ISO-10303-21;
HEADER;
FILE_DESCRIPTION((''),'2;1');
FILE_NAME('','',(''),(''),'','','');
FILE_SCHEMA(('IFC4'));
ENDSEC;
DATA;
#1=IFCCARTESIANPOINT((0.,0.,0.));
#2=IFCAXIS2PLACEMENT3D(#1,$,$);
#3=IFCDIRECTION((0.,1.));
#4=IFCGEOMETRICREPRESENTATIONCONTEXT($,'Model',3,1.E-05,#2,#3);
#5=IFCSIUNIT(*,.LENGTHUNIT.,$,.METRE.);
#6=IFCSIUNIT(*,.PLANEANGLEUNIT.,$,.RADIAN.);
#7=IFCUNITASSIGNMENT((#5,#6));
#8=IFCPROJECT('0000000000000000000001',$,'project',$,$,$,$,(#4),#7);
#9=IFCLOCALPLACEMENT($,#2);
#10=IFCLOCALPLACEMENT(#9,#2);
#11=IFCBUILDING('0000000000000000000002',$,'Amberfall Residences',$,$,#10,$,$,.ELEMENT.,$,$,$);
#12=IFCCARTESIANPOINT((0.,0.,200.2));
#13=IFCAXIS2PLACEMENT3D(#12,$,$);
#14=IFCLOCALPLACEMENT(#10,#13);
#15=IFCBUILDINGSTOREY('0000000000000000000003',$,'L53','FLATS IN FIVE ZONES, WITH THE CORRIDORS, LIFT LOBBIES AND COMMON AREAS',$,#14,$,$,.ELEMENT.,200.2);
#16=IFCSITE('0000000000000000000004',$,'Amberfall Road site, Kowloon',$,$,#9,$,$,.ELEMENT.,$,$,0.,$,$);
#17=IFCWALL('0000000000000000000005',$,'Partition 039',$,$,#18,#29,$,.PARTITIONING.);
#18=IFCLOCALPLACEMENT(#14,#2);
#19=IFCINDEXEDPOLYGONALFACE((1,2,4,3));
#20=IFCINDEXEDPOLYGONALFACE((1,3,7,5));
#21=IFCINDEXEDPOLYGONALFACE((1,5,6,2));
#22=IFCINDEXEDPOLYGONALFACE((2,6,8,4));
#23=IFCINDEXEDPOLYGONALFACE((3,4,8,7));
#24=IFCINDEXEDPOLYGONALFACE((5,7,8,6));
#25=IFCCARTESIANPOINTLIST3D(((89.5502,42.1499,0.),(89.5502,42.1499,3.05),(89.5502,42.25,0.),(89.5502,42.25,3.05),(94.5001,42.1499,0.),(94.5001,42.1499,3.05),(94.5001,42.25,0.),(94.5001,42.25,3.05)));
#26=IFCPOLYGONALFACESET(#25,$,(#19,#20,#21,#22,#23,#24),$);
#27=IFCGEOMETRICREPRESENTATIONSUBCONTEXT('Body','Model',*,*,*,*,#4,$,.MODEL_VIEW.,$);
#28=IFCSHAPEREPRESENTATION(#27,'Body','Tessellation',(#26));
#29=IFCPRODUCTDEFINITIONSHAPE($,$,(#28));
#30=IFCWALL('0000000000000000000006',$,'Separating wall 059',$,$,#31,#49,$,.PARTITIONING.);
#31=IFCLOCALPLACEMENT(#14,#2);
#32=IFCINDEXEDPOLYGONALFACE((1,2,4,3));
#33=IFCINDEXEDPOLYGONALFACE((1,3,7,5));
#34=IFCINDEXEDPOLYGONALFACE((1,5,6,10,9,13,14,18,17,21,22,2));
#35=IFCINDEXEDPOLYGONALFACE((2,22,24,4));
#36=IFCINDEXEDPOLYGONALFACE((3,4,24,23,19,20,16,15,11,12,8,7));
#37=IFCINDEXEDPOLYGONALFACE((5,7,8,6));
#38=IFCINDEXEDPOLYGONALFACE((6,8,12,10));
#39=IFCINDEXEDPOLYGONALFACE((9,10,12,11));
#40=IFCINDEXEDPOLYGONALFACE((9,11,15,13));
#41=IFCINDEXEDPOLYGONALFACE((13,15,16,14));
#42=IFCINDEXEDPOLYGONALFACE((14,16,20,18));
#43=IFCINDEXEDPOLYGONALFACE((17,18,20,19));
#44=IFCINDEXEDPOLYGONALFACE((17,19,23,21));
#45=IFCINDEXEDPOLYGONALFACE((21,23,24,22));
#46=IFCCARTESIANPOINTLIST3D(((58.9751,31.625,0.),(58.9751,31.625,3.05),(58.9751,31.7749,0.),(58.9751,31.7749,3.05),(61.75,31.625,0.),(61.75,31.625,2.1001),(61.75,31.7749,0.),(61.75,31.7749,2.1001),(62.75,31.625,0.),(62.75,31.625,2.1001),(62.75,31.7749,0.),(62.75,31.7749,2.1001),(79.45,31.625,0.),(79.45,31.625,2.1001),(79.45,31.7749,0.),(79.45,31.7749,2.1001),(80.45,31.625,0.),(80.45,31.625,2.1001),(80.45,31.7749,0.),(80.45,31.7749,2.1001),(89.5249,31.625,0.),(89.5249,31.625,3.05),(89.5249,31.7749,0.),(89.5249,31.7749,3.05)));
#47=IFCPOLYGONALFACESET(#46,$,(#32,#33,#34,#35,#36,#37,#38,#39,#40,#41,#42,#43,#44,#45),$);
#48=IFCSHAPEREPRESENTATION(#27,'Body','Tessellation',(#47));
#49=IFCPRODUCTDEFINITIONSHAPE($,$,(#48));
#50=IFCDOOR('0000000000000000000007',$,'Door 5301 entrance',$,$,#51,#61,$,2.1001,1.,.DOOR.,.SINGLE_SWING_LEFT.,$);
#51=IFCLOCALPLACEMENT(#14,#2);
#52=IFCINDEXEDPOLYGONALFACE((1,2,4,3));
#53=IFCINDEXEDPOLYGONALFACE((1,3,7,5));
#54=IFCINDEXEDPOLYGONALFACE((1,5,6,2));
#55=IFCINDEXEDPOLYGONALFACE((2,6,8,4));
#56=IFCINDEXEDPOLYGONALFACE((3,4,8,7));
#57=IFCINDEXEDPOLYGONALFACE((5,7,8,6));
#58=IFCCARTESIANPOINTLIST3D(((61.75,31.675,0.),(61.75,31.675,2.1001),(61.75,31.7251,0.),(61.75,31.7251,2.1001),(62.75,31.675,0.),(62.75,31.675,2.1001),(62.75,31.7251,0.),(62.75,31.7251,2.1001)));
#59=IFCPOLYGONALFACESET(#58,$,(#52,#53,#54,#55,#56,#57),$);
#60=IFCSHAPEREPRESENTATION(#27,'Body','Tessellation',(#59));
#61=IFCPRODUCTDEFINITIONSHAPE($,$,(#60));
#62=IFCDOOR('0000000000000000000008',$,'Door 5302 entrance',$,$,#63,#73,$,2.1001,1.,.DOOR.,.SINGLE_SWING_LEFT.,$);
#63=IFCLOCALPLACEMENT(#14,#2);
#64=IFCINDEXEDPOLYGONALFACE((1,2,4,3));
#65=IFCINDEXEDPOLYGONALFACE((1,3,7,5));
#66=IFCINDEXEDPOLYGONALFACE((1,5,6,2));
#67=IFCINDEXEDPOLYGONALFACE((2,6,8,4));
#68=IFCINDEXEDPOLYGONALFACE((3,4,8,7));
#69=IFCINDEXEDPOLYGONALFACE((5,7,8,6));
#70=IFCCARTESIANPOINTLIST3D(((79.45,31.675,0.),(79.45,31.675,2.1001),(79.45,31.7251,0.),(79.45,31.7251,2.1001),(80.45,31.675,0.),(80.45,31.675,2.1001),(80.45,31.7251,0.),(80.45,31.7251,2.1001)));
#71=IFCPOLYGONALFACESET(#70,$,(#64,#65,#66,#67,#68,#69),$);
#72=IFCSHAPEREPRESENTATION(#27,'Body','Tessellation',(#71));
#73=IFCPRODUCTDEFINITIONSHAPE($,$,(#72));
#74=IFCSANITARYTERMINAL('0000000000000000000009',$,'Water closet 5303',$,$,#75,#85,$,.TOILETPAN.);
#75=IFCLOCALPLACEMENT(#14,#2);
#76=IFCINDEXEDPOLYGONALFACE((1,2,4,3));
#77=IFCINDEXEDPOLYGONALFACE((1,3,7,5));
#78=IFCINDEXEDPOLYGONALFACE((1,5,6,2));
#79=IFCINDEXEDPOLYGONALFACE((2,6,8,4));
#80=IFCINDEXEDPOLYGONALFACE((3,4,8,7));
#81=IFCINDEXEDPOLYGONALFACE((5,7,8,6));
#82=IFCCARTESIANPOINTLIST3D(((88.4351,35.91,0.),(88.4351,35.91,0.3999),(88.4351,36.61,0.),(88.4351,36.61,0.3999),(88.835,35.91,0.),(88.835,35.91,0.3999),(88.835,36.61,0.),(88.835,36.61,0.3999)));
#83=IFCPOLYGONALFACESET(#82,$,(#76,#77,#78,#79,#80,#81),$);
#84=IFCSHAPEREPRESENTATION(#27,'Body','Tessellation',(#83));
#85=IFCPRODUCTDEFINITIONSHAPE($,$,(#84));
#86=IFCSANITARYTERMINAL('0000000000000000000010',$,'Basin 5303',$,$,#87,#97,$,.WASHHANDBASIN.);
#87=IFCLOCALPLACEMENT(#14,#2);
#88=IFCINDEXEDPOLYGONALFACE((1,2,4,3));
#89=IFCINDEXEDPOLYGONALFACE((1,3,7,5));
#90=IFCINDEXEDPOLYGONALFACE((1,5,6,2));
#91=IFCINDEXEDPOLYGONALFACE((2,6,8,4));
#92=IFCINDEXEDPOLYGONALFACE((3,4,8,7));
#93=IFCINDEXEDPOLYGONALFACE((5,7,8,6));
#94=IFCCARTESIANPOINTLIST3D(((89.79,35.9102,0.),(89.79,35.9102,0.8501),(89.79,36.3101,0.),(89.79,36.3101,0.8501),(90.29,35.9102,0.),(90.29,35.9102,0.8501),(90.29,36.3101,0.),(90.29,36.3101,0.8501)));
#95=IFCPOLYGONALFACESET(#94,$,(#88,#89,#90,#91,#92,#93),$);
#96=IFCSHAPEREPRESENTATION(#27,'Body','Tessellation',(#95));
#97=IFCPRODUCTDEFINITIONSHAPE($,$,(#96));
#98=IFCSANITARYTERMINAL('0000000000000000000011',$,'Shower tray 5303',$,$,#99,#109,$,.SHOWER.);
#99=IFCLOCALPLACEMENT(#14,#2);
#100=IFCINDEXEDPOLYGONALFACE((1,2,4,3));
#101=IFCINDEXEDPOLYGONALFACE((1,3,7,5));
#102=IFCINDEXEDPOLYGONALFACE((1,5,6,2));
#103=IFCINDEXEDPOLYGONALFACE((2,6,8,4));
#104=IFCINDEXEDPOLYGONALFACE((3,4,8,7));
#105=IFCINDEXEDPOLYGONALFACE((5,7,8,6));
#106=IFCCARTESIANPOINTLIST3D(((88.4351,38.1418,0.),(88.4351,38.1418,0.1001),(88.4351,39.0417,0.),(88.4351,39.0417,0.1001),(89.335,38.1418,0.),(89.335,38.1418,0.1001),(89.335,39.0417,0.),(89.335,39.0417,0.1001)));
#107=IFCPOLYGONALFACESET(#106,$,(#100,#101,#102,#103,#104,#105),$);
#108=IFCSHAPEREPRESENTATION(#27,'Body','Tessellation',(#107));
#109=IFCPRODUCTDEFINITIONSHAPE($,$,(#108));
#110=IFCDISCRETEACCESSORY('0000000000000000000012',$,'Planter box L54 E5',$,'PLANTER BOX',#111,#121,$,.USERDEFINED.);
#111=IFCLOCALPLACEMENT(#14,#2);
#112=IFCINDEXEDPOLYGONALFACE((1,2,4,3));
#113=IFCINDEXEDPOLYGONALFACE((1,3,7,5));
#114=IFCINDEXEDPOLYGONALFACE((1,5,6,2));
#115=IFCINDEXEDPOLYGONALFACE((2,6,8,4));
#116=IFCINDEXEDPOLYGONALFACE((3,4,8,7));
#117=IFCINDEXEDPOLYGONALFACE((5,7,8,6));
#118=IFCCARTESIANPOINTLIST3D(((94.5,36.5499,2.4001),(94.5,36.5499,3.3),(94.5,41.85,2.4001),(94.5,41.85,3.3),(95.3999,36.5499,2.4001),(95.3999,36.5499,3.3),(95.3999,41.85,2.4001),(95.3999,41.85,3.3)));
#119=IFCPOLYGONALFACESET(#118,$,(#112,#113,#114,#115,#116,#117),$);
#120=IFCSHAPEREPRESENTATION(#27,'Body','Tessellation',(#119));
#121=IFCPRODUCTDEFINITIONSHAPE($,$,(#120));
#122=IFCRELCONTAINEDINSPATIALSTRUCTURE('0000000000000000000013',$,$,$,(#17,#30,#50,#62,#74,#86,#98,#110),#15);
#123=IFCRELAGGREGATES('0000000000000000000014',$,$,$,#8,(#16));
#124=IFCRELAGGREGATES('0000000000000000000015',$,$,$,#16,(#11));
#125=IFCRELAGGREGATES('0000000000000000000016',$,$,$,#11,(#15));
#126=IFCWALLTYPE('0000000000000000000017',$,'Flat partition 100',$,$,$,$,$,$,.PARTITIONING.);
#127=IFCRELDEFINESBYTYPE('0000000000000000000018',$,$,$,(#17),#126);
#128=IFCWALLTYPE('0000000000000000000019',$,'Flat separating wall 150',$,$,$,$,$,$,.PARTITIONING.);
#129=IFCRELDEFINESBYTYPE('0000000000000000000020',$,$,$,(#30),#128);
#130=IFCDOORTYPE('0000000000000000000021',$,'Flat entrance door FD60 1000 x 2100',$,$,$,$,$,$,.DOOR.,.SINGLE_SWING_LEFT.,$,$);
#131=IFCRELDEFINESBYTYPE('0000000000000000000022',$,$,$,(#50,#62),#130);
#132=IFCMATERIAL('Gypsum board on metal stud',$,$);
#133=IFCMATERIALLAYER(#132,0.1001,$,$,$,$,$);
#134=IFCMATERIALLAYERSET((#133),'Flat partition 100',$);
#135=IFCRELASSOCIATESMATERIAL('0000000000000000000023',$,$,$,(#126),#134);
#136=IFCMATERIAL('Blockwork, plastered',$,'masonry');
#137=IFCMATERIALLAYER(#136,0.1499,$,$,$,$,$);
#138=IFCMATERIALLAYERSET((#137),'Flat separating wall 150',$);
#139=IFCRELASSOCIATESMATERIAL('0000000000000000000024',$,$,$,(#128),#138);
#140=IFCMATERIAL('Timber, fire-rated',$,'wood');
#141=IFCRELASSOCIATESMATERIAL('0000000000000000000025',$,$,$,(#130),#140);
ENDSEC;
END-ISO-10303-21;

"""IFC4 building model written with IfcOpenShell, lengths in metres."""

from ifc_helpers import new_model, si_unit, direction, frame, frame_2d, origin, origin_2d, place, context, subcontext, project, spatial, rectangle, extrude, material, layer, layer_set, type_object, element, fill, save


model = new_model("IFC4")

# Units and contexts
model_context = context("Model", 3, precision=1e-05, world=origin(), true_north=direction((0.0, 1.0)))
body_context = subcontext(model_context, "Body", "Model", "MODEL_VIEW")
ifc_project = project(units=[si_unit("LENGTHUNIT", "METRE"), si_unit("PLANEANGLEUNIT", "RADIAN")], contexts=[model_context])

# Site, building, storey
site_placement = place(None, origin())
site = spatial("IfcSite", under=ifc_project, at=site_placement, Name="Amberfall Road site, Kowloon", CompositionType="ELEMENT", RefElevation=0.0)
building_placement = place(site_placement, origin())
building = spatial("IfcBuilding", under=site, at=building_placement, Name="Amberfall Residences", CompositionType="ELEMENT")
storey_placement = place(building_placement, frame((0.0, 0.0, 200.2)))
storey = spatial("IfcBuildingStorey", under=building, at=storey_placement, Name="L53", Description="FLATS IN FIVE ZONES, WITH THE CORRIDORS, LIFT LOBBIES AND COMMON AREAS", CompositionType="ELEMENT", Elevation=200.2)

# Shared definitions
ifc_material_1 = material(Name="Gypsum board on metal stud")
ifc_layer_1 = layer(ifc_material_1, 0.1001)
ifc_layer_set_1 = layer_set([ifc_layer_1], Name="Flat partition 100")
wall_type_1 = type_object("IfcWallType", Name="Flat partition 100", PredefinedType="PARTITIONING", material=ifc_layer_set_1)

# Wall
wall_1_placement = place(storey_placement, frame((89.55, 42.2, 0.0), z_axis=(0.0, 0.0, 1.0), x_axis=(1.0, 0.0, 0.0)))
element("IfcWall", 1, at=wall_1_placement, inside=storey, type_object=wall_type_1, Name="Partition 039", PredefinedType="PARTITIONING", context=body_context, shape_type="SweptSolid", body=[
    extrude(rectangle(XDim=4.95, YDim=0.1001, at=frame_2d((2.4751, 0.0))), origin(), (0.0, 0.0, 1.0), 3.05),
])

# Wall, openings, doors
ifc_material_2 = material(Name="Blockwork, plastered", Category="masonry")
ifc_layer_2 = layer(ifc_material_2, 0.1499)
ifc_layer_set_2 = layer_set([ifc_layer_2], Name="Flat separating wall 150")
wall_type_2 = type_object("IfcWallType", Name="Flat separating wall 150", PredefinedType="PARTITIONING", material=ifc_layer_set_2)
wall_2_placement = place(storey_placement, frame((89.5249, 31.7, 0.0), z_axis=(0.0, 0.0, 1.0), x_axis=(-1.0, 0.0, 0.0)))
wall_2 = element("IfcWall", 2, at=wall_2_placement, inside=storey, type_object=wall_type_2, Name="Separating wall 059", PredefinedType="PARTITIONING", context=body_context, shape_type="SweptSolid", body=[
    extrude(rectangle(XDim=30.5498, YDim=0.1499, at=frame_2d((15.2749, 0.0))), origin(), (0.0, 0.0, 1.0), 3.05),
])
opening_1_placement = place(wall_2_placement, frame((26.7749, 0.0, 0.0)))
opening_1 = element("IfcOpeningElement", 3, at=opening_1_placement, cuts=wall_2, PredefinedType="OPENING", context=body_context, shape_type="SweptSolid", body=[
    extrude(rectangle(XDim=1.0, YDim=2.1001, at=frame_2d((0.5, 1.05))), frame((0.0, 0.085, 0.0), z_axis=(0.0, -1.0, 0.0), x_axis=(1.0, 0.0, 0.0)), (0.0, 0.0, 1.0), 0.1699),
])
opening_2_placement = place(wall_2_placement, frame((9.075, 0.0, 0.0)))
opening_2 = element("IfcOpeningElement", 4, at=opening_2_placement, cuts=wall_2, PredefinedType="OPENING", context=body_context, shape_type="SweptSolid", body=[
    extrude(rectangle(XDim=1.0, YDim=2.1001, at=frame_2d((0.5, 1.05))), frame((0.0, 0.085, 0.0), z_axis=(0.0, -1.0, 0.0), x_axis=(1.0, 0.0, 0.0)), (0.0, 0.0, 1.0), 0.1699),
])
ifc_material_3 = material(Name="Timber, fire-rated", Category="wood")
door_type_1 = type_object("IfcDoorType", Name="Flat entrance door FD60 1000 x 2100", OperationType="SINGLE_SWING_LEFT", PredefinedType="DOOR", material=ifc_material_3)
door_1_placement = place(opening_1_placement, origin())
door_1 = element("IfcDoor", 5, at=door_1_placement, inside=storey, type_object=door_type_1, Name="Door 5301 entrance", OperationType="SINGLE_SWING_LEFT", OverallHeight=2.1001, OverallWidth=1.0, PredefinedType="DOOR", context=body_context, shape_type="SweptSolid", body=[
    extrude(rectangle(XDim=1.0, YDim=2.1001, at=frame_2d((0.5, 1.05))), frame((0.0, 0.0249, 0.0), z_axis=(0.0, -1.0, 0.0), x_axis=(1.0, 0.0, 0.0)), (0.0, 0.0, 1.0), 0.05),
])
fill(opening_1, door_1)
door_2_placement = place(opening_2_placement, origin())
door_2 = element("IfcDoor", 6, at=door_2_placement, inside=storey, type_object=door_type_1, Name="Door 5302 entrance", OperationType="SINGLE_SWING_LEFT", OverallHeight=2.1001, OverallWidth=1.0, PredefinedType="DOOR", context=body_context, shape_type="SweptSolid", body=[
    extrude(rectangle(XDim=1.0, YDim=2.1001, at=frame_2d((0.5, 1.05))), frame((0.0, 0.0249, 0.0), z_axis=(0.0, -1.0, 0.0), x_axis=(1.0, 0.0, 0.0)), (0.0, 0.0, 1.0), 0.05),
])
fill(opening_2, door_2)

# Sanitary terminals
sanitary_terminal_1_placement = place(storey_placement, frame((88.635, 36.26, 0.0), z_axis=(0.0, 0.0, 1.0), x_axis=(1.0, 0.0, 0.0)))
element("IfcSanitaryTerminal", 7, at=sanitary_terminal_1_placement, inside=storey, Name="Water closet 5303", PredefinedType="TOILETPAN", context=body_context, shape_type="SweptSolid", body=[
    extrude(rectangle(XDim=0.3999, YDim=0.7, at=origin_2d()), origin(), (0.0, 0.0, 1.0), 0.3999),
])
sanitary_terminal_2_placement = place(storey_placement, frame((90.04, 36.1101, 0.0), z_axis=(0.0, 0.0, 1.0), x_axis=(1.0, 0.0, 0.0)))
element("IfcSanitaryTerminal", 8, at=sanitary_terminal_2_placement, inside=storey, Name="Basin 5303", PredefinedType="WASHHANDBASIN", context=body_context, shape_type="SweptSolid", body=[
    extrude(rectangle(XDim=0.5, YDim=0.3999, at=origin_2d()), origin(), (0.0, 0.0, 1.0), 0.8501),
])
sanitary_terminal_3_placement = place(storey_placement, frame((88.885, 38.5918, 0.0), z_axis=(0.0, 0.0, 1.0), x_axis=(1.0, 0.0, 0.0)))
element("IfcSanitaryTerminal", 9, at=sanitary_terminal_3_placement, inside=storey, Name="Shower tray 5303", PredefinedType="SHOWER", context=body_context, shape_type="SweptSolid", body=[
    extrude(rectangle(XDim=0.8999, YDim=0.8999, at=origin_2d()), origin(), (0.0, 0.0, 1.0), 0.1001),
])

# Discrete accessory
discrete_accessory_placement = place(storey_placement, frame((94.95, 39.2, 2.4001), z_axis=(0.0, 0.0, 1.0), x_axis=(0.0, 1.0, 0.0)))
element("IfcDiscreteAccessory", 10, at=discrete_accessory_placement, inside=storey, Name="Planter box L54 E5", ObjectType="PLANTER BOX", PredefinedType="USERDEFINED", context=body_context, shape_type="SweptSolid", body=[
    extrude(rectangle(XDim=5.3, YDim=0.8999, at=origin_2d()), origin(), (0.0, 0.0, 1.0), 0.8999),
])

save(model, "model.ifc")
